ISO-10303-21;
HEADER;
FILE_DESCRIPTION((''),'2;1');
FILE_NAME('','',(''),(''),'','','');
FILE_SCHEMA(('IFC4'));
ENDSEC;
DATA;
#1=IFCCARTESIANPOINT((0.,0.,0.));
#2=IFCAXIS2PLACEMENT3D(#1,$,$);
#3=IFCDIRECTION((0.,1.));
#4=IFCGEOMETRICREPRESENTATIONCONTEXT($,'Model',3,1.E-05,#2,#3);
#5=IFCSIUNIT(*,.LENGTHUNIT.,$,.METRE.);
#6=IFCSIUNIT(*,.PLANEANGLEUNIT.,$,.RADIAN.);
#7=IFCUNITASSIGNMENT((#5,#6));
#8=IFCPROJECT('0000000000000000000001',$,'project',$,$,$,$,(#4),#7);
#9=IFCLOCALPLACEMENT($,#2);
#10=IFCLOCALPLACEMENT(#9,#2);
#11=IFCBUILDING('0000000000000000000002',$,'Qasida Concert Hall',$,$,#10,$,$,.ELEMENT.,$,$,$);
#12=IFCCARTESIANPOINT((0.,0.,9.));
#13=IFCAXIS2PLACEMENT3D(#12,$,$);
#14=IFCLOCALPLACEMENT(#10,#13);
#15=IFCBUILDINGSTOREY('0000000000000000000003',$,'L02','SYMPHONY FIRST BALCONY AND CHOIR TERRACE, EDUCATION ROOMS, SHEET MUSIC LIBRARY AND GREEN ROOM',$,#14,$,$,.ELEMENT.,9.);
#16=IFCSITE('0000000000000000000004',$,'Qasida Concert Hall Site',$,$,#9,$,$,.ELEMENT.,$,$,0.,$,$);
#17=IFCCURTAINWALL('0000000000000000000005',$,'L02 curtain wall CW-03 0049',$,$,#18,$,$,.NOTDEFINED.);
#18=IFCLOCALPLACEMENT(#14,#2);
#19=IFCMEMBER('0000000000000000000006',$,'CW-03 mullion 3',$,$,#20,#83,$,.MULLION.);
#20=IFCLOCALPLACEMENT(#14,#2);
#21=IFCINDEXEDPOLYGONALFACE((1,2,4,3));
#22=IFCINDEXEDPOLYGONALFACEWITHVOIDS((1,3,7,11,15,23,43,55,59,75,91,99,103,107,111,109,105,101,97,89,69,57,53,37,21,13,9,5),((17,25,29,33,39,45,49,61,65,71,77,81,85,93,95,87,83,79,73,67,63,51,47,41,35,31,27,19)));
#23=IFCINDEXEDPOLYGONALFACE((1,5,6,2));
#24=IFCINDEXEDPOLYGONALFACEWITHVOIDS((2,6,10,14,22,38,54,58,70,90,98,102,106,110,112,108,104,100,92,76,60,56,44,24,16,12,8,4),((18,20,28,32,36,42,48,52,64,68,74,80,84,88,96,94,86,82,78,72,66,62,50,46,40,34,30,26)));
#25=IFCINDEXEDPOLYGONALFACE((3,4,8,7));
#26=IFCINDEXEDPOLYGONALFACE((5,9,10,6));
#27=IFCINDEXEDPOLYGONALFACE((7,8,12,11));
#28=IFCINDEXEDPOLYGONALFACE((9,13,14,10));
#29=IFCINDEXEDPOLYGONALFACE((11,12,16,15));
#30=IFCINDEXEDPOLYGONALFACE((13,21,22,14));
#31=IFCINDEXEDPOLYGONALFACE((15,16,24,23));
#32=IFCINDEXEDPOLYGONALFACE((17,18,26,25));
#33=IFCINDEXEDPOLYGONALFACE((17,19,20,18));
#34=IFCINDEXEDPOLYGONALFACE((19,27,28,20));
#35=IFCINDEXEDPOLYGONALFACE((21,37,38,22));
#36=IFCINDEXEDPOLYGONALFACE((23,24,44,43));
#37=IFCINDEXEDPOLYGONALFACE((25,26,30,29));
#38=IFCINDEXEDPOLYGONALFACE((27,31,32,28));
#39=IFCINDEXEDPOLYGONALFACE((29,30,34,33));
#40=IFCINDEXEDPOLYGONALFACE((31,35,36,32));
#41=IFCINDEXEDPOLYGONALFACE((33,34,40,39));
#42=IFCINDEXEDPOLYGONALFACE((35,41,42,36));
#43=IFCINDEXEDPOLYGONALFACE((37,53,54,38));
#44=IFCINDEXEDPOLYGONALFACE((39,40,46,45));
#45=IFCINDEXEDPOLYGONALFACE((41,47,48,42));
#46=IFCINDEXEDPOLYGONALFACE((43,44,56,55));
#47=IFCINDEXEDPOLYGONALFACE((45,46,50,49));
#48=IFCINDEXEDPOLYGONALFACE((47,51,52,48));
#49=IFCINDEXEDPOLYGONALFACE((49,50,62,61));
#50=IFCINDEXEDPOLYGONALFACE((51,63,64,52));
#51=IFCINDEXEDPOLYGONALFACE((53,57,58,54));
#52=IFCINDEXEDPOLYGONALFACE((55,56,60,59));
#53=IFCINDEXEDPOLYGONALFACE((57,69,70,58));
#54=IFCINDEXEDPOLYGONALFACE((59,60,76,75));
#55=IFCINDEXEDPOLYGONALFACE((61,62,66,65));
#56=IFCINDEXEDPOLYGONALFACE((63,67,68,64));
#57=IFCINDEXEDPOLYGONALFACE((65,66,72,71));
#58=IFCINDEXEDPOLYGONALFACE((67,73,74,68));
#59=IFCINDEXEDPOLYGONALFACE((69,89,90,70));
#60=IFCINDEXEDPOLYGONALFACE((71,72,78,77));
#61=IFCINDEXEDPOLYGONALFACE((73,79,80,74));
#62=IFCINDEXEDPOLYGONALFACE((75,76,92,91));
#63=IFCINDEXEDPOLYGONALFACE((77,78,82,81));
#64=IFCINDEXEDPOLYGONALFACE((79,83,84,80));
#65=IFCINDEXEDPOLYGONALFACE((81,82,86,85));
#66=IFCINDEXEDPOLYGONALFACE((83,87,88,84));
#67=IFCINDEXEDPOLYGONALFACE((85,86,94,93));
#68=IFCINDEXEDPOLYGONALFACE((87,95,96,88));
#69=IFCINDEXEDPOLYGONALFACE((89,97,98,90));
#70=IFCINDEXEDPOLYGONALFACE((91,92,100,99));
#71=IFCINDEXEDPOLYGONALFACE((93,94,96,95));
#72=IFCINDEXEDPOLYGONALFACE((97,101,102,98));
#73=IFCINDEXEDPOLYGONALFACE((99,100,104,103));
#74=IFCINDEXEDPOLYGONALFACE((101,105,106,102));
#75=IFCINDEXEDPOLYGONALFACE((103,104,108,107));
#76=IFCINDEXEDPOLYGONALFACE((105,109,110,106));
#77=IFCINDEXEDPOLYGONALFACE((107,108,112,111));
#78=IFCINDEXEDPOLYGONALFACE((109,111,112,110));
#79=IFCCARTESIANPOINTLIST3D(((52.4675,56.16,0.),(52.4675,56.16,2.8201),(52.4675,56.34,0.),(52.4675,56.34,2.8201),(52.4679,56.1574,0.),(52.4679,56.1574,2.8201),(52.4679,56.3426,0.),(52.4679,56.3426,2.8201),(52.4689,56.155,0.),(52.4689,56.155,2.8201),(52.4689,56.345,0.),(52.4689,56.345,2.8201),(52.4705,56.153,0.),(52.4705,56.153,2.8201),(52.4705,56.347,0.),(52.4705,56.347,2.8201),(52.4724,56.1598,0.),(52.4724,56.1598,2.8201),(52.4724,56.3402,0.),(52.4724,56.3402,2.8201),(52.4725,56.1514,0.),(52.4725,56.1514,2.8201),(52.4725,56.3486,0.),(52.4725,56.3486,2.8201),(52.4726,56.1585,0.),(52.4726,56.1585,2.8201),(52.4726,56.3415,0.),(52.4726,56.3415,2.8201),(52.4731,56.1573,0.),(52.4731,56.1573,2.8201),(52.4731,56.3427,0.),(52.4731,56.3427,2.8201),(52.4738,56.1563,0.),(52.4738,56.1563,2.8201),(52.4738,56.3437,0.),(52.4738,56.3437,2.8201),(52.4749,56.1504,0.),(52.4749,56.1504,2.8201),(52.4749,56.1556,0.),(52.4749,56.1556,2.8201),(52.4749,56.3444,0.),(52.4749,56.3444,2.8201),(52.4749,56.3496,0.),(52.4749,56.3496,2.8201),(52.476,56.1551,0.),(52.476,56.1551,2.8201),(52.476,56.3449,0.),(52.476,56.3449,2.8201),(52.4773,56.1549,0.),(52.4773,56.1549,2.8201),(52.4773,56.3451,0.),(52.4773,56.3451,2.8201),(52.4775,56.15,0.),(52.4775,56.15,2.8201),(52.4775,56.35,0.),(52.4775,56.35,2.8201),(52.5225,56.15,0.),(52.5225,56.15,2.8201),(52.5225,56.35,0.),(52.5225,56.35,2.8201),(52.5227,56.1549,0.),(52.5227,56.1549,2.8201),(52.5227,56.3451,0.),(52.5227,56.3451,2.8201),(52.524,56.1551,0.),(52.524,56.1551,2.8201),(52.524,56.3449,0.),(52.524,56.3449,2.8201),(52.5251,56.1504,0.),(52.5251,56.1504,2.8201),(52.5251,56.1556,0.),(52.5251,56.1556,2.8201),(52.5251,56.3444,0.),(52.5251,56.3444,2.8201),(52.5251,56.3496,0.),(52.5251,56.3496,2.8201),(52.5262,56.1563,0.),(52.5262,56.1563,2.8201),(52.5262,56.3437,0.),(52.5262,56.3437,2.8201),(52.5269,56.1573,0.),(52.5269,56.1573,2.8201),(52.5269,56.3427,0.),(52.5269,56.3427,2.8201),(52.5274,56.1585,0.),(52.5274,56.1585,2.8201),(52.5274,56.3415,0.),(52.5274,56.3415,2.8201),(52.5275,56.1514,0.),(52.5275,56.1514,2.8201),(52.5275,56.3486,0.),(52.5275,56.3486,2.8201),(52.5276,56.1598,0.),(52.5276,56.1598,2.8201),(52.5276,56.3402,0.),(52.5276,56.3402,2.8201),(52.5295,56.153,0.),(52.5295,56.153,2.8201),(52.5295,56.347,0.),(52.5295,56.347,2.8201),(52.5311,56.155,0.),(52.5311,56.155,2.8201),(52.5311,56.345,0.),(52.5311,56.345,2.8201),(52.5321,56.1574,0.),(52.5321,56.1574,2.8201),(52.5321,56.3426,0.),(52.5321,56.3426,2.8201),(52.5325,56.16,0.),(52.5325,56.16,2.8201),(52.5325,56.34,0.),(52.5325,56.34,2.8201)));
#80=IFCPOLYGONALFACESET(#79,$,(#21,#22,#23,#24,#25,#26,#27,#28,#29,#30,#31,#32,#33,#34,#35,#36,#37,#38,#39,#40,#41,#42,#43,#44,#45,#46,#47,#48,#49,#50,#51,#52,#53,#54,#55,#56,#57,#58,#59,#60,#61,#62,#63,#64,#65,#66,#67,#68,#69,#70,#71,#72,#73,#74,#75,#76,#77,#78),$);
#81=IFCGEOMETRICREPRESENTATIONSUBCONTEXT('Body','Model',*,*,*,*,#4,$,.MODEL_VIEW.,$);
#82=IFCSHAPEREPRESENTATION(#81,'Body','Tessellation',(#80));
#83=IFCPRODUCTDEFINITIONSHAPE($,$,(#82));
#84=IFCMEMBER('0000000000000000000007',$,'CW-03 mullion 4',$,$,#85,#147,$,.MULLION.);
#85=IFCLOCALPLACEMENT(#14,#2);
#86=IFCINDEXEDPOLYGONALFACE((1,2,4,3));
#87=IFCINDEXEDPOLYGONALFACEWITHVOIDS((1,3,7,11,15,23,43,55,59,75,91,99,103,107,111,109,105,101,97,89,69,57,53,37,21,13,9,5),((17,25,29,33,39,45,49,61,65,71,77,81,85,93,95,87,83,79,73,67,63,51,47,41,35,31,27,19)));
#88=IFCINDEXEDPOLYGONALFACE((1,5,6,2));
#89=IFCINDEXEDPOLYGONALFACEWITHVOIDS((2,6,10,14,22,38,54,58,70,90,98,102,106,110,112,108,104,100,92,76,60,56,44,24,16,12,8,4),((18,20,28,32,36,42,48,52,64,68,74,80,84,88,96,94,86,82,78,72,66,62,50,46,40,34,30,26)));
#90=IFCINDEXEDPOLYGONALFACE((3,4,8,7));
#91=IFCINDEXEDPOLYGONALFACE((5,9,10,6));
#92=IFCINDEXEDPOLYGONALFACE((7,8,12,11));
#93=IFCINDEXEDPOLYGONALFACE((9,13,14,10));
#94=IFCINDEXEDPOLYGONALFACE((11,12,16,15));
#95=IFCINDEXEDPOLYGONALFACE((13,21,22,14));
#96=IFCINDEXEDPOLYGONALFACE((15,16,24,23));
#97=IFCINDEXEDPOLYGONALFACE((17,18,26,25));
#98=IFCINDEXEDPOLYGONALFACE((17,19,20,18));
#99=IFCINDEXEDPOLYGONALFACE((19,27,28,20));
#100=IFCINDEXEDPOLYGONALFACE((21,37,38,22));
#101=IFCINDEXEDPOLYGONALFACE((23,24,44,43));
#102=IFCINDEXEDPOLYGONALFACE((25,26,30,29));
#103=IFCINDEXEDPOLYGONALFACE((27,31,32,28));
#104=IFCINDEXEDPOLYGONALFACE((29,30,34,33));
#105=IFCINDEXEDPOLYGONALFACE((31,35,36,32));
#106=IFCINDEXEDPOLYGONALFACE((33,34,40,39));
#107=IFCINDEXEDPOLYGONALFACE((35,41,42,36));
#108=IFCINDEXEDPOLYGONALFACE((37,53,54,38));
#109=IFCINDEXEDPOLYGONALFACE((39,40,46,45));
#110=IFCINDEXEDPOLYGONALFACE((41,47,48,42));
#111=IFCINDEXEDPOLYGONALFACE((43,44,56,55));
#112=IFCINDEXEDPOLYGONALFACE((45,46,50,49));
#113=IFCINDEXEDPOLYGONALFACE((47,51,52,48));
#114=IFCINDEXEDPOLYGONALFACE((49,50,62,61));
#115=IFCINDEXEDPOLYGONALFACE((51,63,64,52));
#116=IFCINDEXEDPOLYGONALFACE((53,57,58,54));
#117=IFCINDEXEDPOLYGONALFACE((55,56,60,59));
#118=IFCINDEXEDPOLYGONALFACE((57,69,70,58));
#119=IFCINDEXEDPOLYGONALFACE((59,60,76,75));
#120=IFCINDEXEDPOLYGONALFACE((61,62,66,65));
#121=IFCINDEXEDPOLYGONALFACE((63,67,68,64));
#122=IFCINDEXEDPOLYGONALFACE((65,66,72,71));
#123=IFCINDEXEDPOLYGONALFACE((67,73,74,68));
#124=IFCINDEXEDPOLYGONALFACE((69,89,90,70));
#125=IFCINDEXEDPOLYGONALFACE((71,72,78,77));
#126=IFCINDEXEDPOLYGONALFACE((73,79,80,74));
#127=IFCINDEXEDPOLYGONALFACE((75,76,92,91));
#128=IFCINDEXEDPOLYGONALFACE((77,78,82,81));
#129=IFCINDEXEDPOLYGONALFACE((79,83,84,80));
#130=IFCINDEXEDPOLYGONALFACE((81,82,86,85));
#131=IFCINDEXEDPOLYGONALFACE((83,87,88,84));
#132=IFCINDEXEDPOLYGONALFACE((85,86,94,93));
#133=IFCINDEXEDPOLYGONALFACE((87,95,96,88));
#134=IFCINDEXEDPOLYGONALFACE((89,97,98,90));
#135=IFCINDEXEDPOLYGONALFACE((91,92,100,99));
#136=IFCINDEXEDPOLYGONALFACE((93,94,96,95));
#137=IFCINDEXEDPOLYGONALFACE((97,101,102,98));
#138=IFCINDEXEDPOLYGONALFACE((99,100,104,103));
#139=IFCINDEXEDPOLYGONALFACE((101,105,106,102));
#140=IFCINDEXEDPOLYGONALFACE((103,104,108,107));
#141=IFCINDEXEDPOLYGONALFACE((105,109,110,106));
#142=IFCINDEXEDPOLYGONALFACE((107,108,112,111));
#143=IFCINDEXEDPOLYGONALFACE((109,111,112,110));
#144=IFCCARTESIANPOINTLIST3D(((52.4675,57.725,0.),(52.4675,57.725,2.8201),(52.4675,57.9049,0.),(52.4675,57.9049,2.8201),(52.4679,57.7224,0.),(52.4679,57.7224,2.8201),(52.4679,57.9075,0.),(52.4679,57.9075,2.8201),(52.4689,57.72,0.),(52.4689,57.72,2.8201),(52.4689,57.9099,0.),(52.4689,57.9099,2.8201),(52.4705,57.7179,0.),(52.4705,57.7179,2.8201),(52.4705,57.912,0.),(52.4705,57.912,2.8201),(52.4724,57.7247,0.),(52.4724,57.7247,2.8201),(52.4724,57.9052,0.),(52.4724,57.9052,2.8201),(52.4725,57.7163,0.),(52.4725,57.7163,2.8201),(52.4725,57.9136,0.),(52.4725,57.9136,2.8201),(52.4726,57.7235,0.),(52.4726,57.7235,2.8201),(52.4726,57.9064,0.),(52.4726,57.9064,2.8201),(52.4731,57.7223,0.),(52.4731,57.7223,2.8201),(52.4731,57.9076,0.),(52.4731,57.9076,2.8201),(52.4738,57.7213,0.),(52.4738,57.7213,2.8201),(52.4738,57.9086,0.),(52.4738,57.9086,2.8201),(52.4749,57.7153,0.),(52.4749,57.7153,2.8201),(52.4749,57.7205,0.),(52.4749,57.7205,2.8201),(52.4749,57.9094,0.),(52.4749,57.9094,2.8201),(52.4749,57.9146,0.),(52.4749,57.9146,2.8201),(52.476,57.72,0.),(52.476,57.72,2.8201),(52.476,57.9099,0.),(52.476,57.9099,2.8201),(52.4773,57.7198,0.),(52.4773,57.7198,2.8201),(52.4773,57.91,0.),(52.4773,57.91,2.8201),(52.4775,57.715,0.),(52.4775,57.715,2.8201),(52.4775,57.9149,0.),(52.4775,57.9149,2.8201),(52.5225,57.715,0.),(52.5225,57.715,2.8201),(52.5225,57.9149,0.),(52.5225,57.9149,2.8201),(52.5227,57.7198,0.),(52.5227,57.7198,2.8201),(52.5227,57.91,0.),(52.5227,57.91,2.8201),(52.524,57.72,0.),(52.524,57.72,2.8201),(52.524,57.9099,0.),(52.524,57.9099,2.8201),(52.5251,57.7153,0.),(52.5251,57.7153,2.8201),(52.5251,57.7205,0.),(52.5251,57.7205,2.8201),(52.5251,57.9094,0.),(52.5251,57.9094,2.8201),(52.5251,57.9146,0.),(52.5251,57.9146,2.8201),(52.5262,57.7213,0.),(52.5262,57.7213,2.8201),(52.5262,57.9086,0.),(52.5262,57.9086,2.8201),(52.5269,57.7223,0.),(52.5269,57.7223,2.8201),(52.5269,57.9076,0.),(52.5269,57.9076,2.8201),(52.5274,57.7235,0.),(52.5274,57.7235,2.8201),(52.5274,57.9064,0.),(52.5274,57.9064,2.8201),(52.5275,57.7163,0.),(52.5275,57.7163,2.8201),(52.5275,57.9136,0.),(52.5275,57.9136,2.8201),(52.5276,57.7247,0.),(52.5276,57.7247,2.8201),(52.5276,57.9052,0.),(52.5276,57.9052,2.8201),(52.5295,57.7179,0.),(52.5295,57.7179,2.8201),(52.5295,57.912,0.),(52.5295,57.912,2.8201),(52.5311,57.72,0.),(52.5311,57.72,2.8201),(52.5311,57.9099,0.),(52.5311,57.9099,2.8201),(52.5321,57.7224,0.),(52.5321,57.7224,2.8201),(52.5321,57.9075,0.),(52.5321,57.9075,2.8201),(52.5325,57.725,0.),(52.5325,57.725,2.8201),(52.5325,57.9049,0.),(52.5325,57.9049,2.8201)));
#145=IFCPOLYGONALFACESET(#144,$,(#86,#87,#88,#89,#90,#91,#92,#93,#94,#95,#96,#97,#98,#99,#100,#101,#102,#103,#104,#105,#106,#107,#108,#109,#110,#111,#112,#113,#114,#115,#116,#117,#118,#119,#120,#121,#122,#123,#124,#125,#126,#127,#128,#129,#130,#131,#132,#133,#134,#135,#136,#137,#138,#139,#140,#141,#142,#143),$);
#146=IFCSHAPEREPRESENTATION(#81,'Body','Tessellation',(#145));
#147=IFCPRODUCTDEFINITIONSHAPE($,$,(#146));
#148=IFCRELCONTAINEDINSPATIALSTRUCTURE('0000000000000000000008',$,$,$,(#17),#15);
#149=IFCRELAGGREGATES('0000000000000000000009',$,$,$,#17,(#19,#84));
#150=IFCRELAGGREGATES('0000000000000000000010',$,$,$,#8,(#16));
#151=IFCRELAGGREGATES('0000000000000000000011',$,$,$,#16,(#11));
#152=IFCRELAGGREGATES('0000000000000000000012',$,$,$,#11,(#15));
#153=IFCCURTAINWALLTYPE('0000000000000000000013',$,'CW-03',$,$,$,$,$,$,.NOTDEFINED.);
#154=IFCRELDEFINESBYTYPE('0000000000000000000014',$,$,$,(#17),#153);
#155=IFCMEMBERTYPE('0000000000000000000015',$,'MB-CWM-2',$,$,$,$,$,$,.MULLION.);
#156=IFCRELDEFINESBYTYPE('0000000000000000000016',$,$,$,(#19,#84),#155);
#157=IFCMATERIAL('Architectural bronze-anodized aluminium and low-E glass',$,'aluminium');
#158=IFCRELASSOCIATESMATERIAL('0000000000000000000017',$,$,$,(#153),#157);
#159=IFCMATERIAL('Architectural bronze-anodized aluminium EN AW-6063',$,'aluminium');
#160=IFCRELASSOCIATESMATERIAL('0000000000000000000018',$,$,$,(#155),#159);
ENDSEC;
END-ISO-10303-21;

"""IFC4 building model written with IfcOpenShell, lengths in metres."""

from ifc_helpers import new_model, si_unit, direction, frame, origin, origin_2d, place, context, subcontext, project, spatial, hollow_rectangle, extrude, material, material_profile, profile_set, type_object, element, aggregate, save


model = new_model("IFC4")

# Units and contexts
model_context = context("Model", 3, precision=1e-05, world=origin(), true_north=direction((0.0, 1.0)))
body_context = subcontext(model_context, "Body", "Model", "MODEL_VIEW")
ifc_project = project(units=[si_unit("LENGTHUNIT", "METRE"), si_unit("PLANEANGLEUNIT", "RADIAN")], contexts=[model_context])

# Site, building, storey
site_placement = place(None, origin())
site = spatial("IfcSite", under=ifc_project, at=site_placement, Name="Qasida Concert Hall Site", CompositionType="ELEMENT", RefElevation=0.0)
building_placement = place(site_placement, origin())
building = spatial("IfcBuilding", under=site, at=building_placement, Name="Qasida Concert Hall", CompositionType="ELEMENT")
storey_placement = place(building_placement, frame((0.0, 0.0, 9.0)))
storey = spatial("IfcBuildingStorey", under=building, at=storey_placement, Name="L02", Description="SYMPHONY FIRST BALCONY AND CHOIR TERRACE, EDUCATION ROOMS, SHEET MUSIC LIBRARY AND GREEN ROOM", CompositionType="ELEMENT", Elevation=9.0)

# Curtain wall, members
ifc_material_1 = material(Name="Architectural bronze-anodized aluminium and low-E glass", Category="aluminium")
curtain_wall_type_1 = type_object("IfcCurtainWallType", Name="CW-03", PredefinedType="NOTDEFINED", material=ifc_material_1)
curtain_wall_1_placement = place(storey_placement, origin())
curtain_wall_1 = element("IfcCurtainWall", 1, at=curtain_wall_1_placement, inside=storey, type_object=curtain_wall_type_1, Name="L02 curtain wall CW-03 0049", PredefinedType="NOTDEFINED")
ifc_material_2 = material(Name="Architectural bronze-anodized aluminium EN AW-6063", Category="aluminium")
ifc_material_profile_1 = material_profile(ifc_material_2, hollow_rectangle(XDim=0.0649, YDim=0.2, WallThickness=0.0049, InnerFilletRadius=0.0049, OuterFilletRadius=0.01, at=origin_2d()), Name="CWM 200x65x5")
ifc_profile_set_1 = profile_set([ifc_material_profile_1], Name="Architectural bronze-anodized aluminium EN AW-6063")
member_type_1 = type_object("IfcMemberType", Name="MB-CWM-2", PredefinedType="MULLION", material=ifc_profile_set_1)
member_1_placement = place(storey_placement, frame((52.5, 56.25, 0.0), z_axis=(0.0, 0.0, 1.0), x_axis=(-1.0, 0.0, 0.0)))
member_1 = element("IfcMember", 2, at=member_1_placement, type_object=member_type_1, Name="CW-03 mullion 3", PredefinedType="MULLION", context=body_context, shape_type="SweptSolid", body=[
    extrude(hollow_rectangle(XDim=0.0649, YDim=0.2, WallThickness=0.0049, InnerFilletRadius=0.0049, OuterFilletRadius=0.01, at=origin_2d()), origin(), (0.0, 0.0, 1.0), 2.8201),
])
member_2_placement = place(storey_placement, frame((52.5, 57.8149, 0.0), z_axis=(0.0, 0.0, 1.0), x_axis=(-1.0, 0.0, 0.0)))
member_2 = element("IfcMember", 3, at=member_2_placement, type_object=member_type_1, Name="CW-03 mullion 4", PredefinedType="MULLION", context=body_context, shape_type="SweptSolid", body=[
    extrude(hollow_rectangle(XDim=0.0649, YDim=0.2, WallThickness=0.0049, InnerFilletRadius=0.0049, OuterFilletRadius=0.01, at=origin_2d()), origin(), (0.0, 0.0, 1.0), 2.8201),
])

aggregate(curtain_wall_1, [member_1, member_2])

save(model, "model.ifc")
